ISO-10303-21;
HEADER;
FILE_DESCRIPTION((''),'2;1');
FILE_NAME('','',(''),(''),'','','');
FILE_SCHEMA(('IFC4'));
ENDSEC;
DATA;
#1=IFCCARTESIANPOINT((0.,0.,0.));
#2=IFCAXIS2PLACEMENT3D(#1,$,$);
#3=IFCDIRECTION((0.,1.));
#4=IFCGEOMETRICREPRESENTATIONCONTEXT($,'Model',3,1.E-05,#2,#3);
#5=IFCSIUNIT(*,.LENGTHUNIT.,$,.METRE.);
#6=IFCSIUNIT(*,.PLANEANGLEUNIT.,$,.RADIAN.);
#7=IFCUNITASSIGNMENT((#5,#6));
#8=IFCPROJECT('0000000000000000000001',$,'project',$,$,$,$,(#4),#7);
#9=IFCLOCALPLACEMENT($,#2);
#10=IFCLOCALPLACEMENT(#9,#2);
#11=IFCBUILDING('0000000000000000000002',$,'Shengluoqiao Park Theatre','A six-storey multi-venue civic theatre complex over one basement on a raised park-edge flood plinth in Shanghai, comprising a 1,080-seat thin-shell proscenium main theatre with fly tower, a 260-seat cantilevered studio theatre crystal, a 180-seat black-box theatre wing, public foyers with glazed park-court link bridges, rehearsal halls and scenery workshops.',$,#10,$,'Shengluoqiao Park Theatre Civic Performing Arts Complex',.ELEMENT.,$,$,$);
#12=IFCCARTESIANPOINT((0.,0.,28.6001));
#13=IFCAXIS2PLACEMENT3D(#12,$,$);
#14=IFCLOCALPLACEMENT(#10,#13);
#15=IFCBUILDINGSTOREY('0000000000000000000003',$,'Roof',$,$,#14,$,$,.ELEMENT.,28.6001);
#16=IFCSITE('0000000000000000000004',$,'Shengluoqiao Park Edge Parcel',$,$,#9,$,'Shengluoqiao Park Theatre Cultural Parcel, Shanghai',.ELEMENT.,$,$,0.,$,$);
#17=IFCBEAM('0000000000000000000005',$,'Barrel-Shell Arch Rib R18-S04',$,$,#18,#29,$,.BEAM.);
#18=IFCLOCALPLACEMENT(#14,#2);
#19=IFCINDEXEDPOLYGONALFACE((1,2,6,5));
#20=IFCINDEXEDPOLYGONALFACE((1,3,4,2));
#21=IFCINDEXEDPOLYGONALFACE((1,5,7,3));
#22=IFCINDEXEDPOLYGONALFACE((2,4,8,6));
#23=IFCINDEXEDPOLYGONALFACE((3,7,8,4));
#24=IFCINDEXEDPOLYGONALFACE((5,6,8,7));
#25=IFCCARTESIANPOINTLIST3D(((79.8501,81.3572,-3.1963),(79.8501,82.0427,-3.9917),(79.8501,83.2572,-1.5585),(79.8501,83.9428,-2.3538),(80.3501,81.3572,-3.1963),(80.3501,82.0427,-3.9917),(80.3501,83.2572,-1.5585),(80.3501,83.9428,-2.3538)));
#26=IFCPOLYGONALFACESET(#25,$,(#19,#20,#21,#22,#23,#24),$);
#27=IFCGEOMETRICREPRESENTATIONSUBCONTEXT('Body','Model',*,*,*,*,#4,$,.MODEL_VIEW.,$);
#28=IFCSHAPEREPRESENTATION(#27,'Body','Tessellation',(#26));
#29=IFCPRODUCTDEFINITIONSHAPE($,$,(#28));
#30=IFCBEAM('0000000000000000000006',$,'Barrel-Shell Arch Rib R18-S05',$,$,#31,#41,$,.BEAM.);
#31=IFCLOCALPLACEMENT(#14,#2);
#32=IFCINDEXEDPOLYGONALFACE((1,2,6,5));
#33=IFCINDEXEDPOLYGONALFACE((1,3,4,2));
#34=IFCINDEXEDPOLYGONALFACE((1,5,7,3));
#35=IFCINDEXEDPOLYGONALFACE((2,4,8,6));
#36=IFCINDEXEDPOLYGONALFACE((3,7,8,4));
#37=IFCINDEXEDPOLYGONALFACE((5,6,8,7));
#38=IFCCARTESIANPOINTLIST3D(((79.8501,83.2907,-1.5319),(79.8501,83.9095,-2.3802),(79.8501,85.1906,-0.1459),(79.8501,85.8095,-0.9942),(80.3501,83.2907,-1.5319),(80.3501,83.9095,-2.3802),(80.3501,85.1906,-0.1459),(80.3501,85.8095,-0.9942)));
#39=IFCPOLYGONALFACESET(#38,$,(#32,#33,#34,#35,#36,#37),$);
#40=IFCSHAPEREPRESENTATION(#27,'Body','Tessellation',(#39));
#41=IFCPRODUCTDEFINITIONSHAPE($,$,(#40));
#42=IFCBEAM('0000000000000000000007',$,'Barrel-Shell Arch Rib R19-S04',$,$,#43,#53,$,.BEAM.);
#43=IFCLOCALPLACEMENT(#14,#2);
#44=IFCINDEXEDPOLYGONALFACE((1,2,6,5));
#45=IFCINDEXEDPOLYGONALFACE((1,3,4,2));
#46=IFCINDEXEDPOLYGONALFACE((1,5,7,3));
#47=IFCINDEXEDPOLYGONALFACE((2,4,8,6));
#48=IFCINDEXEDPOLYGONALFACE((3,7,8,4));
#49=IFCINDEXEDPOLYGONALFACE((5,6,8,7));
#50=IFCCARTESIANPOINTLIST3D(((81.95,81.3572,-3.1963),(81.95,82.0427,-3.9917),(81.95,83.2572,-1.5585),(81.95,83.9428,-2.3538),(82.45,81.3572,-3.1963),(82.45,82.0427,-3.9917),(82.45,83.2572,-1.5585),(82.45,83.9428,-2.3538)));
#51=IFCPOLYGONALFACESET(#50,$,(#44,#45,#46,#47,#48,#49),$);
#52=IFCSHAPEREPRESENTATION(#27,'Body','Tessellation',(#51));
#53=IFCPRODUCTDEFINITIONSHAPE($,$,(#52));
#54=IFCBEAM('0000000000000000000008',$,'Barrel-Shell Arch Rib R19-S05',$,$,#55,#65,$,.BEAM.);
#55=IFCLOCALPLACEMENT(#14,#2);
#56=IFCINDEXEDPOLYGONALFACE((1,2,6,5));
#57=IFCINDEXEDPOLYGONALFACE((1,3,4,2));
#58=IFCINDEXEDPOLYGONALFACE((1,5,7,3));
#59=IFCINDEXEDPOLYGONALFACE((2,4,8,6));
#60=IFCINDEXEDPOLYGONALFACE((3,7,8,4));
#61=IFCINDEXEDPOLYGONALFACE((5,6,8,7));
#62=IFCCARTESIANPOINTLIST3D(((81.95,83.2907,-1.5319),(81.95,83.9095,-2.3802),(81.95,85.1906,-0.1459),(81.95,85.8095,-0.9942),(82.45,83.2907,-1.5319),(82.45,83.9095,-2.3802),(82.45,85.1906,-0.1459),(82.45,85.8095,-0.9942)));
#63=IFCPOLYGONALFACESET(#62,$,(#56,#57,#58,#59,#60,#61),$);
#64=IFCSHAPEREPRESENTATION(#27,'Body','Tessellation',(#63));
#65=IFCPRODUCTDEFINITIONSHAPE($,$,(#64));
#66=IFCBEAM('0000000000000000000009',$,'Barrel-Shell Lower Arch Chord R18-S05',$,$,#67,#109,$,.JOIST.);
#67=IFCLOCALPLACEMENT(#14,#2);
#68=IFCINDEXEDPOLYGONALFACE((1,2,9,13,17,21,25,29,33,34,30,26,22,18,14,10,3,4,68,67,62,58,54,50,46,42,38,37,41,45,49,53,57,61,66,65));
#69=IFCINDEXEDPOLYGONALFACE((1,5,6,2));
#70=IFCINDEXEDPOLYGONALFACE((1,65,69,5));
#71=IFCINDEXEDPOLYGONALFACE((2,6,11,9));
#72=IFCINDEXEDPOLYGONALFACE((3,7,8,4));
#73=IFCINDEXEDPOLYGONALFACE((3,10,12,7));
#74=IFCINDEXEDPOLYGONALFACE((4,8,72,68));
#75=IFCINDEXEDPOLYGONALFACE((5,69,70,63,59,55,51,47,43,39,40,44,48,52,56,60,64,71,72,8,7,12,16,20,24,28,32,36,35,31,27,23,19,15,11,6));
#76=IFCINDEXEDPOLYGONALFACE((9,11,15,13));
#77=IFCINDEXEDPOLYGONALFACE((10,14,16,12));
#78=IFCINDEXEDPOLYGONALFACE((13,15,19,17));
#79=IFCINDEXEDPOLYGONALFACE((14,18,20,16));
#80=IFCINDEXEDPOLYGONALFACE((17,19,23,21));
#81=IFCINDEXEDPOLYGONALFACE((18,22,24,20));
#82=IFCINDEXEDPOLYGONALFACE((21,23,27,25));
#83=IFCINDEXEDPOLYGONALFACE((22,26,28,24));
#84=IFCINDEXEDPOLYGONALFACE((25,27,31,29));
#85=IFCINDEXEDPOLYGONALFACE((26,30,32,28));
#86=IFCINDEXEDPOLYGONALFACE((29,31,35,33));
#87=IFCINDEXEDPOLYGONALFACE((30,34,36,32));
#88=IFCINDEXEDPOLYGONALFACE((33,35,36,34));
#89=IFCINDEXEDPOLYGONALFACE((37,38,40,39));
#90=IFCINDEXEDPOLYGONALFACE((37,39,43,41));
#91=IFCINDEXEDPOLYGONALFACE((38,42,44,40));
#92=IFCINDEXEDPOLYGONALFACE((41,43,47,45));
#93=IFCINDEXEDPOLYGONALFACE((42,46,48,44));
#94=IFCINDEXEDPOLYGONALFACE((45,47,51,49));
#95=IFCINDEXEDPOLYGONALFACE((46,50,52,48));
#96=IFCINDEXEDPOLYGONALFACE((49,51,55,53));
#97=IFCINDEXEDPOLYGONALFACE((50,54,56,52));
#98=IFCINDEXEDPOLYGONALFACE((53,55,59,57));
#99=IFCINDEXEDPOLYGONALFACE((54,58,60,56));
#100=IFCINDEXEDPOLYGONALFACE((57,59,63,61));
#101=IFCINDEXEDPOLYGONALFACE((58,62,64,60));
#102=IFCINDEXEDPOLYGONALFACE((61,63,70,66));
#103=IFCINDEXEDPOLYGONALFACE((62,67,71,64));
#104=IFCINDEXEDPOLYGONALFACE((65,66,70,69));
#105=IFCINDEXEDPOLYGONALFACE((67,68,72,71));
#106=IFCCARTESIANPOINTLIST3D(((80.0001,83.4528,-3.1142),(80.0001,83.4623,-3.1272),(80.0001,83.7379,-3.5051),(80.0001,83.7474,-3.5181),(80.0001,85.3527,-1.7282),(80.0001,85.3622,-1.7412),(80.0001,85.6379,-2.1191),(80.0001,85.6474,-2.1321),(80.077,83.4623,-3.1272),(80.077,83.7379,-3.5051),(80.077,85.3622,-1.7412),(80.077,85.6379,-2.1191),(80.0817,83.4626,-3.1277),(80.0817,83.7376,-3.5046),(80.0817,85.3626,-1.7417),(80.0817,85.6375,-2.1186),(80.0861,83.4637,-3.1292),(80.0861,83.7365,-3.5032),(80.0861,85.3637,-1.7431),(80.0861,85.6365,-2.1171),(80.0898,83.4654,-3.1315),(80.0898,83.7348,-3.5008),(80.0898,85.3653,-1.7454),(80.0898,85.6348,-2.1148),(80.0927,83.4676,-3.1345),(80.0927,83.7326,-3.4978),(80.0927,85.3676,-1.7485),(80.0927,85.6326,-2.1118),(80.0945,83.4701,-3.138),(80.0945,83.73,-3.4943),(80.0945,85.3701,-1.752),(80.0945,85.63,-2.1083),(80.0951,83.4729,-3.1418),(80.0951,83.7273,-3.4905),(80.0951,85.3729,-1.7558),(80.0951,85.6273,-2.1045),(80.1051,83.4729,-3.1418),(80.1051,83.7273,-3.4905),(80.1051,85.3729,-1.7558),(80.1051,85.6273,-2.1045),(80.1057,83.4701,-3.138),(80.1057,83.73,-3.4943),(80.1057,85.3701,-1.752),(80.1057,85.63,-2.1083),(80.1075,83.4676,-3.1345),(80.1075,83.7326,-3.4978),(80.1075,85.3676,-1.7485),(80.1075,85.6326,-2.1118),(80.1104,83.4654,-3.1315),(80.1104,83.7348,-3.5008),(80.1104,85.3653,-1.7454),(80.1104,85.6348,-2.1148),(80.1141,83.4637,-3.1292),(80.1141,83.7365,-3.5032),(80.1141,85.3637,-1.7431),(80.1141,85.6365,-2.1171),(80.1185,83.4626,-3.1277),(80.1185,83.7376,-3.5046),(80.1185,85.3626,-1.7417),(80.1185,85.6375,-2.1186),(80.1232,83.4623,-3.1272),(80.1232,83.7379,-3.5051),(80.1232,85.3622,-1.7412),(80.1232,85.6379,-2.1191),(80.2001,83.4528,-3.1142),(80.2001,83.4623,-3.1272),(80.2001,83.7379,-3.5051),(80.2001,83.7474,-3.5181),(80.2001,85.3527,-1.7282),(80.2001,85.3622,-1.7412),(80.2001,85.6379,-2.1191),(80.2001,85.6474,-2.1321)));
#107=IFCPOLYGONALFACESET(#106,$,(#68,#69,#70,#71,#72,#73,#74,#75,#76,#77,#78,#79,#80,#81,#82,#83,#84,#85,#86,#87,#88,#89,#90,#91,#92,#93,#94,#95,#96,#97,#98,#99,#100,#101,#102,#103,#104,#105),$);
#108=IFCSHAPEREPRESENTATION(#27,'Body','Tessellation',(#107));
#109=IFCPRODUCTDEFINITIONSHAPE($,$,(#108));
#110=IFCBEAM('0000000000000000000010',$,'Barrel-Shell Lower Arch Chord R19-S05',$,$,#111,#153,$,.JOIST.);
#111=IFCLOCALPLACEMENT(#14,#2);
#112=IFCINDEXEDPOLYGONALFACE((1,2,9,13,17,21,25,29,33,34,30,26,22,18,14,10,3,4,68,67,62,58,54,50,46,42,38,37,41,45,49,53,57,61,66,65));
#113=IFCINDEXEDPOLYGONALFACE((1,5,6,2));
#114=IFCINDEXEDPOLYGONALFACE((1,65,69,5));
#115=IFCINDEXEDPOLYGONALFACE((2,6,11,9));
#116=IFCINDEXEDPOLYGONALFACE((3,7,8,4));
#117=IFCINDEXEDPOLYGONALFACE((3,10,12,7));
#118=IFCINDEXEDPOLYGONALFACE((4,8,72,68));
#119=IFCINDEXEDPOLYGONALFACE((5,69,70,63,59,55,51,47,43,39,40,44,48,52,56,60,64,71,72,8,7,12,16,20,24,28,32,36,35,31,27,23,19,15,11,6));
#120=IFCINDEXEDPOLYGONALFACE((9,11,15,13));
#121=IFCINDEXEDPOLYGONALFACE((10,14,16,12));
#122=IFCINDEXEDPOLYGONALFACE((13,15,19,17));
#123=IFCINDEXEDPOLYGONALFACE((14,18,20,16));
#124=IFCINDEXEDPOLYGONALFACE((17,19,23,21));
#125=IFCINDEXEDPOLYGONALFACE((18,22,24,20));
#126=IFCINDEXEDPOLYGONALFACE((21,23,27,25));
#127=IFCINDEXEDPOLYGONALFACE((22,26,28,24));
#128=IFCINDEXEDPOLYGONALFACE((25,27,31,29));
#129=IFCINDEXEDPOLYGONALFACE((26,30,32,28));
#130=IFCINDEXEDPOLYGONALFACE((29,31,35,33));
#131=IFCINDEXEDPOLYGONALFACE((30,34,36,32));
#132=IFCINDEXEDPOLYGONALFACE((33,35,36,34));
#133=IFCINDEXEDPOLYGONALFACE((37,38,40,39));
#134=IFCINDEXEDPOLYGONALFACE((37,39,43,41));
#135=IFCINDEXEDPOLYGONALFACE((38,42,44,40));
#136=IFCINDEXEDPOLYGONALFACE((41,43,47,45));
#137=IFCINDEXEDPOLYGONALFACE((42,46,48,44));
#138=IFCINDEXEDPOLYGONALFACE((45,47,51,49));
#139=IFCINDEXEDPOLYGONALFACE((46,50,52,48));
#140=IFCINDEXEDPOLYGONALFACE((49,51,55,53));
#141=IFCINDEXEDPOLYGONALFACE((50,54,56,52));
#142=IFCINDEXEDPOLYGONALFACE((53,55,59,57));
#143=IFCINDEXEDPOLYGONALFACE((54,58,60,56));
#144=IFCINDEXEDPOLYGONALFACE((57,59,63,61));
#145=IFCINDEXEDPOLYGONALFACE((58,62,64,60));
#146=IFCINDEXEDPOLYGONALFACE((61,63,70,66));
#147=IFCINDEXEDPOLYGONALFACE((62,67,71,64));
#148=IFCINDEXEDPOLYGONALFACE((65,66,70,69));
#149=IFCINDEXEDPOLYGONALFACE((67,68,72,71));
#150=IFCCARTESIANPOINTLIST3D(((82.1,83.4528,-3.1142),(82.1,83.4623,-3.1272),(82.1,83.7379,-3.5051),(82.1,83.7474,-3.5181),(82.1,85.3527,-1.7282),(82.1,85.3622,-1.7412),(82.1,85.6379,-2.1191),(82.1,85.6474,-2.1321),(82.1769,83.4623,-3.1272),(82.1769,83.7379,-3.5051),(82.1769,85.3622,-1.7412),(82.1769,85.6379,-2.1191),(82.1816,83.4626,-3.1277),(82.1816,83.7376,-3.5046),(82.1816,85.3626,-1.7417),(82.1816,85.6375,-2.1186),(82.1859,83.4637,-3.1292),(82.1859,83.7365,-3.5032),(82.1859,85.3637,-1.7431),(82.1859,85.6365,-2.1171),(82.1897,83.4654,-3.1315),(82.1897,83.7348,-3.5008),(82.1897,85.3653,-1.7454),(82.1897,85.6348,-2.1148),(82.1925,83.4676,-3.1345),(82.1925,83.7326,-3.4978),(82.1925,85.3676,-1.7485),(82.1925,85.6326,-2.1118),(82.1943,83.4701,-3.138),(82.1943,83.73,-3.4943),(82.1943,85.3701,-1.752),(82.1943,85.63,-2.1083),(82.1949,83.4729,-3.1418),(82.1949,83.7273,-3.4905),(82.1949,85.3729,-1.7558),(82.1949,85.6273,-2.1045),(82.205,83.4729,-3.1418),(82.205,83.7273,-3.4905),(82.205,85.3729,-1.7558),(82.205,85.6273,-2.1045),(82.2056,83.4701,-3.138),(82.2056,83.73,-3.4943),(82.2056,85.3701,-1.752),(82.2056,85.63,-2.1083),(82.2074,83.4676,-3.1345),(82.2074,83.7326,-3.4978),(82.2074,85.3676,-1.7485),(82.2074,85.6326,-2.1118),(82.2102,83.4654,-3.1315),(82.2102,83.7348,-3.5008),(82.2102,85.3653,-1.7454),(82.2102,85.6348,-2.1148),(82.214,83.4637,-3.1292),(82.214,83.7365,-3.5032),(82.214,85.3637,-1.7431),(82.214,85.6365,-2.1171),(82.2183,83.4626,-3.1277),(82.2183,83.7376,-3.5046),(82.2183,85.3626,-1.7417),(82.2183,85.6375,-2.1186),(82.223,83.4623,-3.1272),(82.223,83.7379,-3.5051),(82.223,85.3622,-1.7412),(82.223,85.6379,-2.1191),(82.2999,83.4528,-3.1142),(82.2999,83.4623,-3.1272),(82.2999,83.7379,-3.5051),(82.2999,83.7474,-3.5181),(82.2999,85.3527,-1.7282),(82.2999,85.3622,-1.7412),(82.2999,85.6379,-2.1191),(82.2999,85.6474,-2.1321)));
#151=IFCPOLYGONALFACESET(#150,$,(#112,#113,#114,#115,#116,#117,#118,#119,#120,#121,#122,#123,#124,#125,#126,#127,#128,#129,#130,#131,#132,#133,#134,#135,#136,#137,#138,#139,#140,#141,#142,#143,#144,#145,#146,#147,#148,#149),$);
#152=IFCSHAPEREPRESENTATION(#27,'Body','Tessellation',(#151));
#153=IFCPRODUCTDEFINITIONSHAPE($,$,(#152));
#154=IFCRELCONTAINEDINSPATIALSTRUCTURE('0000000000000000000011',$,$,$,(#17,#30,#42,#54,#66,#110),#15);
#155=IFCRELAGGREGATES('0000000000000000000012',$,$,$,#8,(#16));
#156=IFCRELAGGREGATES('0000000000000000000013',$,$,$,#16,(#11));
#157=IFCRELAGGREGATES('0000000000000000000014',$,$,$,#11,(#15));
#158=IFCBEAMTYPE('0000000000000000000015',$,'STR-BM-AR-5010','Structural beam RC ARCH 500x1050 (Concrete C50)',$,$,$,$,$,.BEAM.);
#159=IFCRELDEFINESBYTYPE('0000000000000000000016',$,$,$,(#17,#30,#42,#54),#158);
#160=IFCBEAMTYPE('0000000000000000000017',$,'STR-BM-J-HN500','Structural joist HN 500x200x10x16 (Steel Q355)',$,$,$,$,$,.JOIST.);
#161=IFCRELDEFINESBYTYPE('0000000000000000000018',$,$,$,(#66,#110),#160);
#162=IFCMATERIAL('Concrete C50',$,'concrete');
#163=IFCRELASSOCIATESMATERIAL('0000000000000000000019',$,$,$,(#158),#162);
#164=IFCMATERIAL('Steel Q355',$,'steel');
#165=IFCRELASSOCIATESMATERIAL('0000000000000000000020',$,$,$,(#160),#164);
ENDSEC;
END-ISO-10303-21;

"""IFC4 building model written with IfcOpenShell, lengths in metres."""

from ifc_helpers import new_model, si_unit, direction, frame, origin, origin_2d, place, context, subcontext, project, spatial, rectangle, i_section, extrude, material, material_profile, profile_set, type_object, element, save


model = new_model("IFC4")

# Units and contexts
model_context = context("Model", 3, precision=1e-05, world=origin(), true_north=direction((0.0, 1.0)))
body_context = subcontext(model_context, "Body", "Model", "MODEL_VIEW")
ifc_project = project(units=[si_unit("LENGTHUNIT", "METRE"), si_unit("PLANEANGLEUNIT", "RADIAN")], contexts=[model_context])

# Site, building, storey
site_placement = place(None, origin())
site = spatial("IfcSite", under=ifc_project, at=site_placement, Name="Shengluoqiao Park Edge Parcel", LongName="Shengluoqiao Park Theatre Cultural Parcel, Shanghai", CompositionType="ELEMENT", RefElevation=0.0)
building_placement = place(site_placement, origin())
building = spatial("IfcBuilding", under=site, at=building_placement, Name="Shengluoqiao Park Theatre", Description="A six-storey multi-venue civic theatre complex over one basement on a raised park-edge flood plinth in Shanghai, comprising a 1,080-seat thin-shell proscenium main theatre with fly tower, a 260-seat cantilevered studio theatre crystal, a 180-seat black-box theatre wing, public foyers with glazed park-court link bridges, rehearsal halls and scenery workshops.", LongName="Shengluoqiao Park Theatre Civic Performing Arts Complex", CompositionType="ELEMENT")
storey_placement = place(building_placement, frame((0.0, 0.0, 28.6001)))
storey = spatial("IfcBuildingStorey", under=building, at=storey_placement, Name="Roof", CompositionType="ELEMENT", Elevation=28.6001)

# Beams
ifc_material_1 = material(Name="Concrete C50", Category="concrete")
ifc_material_profile_1 = material_profile(ifc_material_1, rectangle(XDim=0.5, YDim=1.05, at=origin_2d()), Name="RC ARCH 500x1050")
ifc_profile_set_1 = profile_set([ifc_material_profile_1], Name="Concrete C50")
beam_type_1 = type_object("IfcBeamType", Name="STR-BM-AR-5010", Description="Structural beam RC ARCH 500x1050 (Concrete C50)", PredefinedType="BEAM", material=ifc_profile_set_1)
beam_1_placement = place(storey_placement, frame((80.1001, 81.7, -3.594), z_axis=(0.0, 0.757433, 0.652913), x_axis=(-1.0, 0.0, 0.0)))
element("IfcBeam", 1, at=beam_1_placement, inside=storey, type_object=beam_type_1, Name="Barrel-Shell Arch Rib R18-S04", PredefinedType="BEAM", context=body_context, shape_type="SweptSolid", body=[
    extrude(rectangle(XDim=0.5, YDim=1.05, at=origin_2d()), origin(), (0.0, 0.0, 1.0), 2.5085),
])
beam_2_placement = place(storey_placement, frame((80.1001, 83.6001, -1.9561), z_axis=(0.0, 0.807878, 0.58935), x_axis=(-1.0, 0.0, 0.0)))
element("IfcBeam", 2, at=beam_2_placement, inside=storey, type_object=beam_type_1, Name="Barrel-Shell Arch Rib R18-S05", PredefinedType="BEAM", context=body_context, shape_type="SweptSolid", body=[
    extrude(rectangle(XDim=0.5, YDim=1.05, at=origin_2d()), origin(), (0.0, 0.0, 1.0), 2.3518),
])
beam_3_placement = place(storey_placement, frame((82.2, 81.7, -3.594), z_axis=(0.0, 0.757433, 0.652913), x_axis=(-1.0, 0.0, 0.0)))
element("IfcBeam", 3, at=beam_3_placement, inside=storey, type_object=beam_type_1, Name="Barrel-Shell Arch Rib R19-S04", PredefinedType="BEAM", context=body_context, shape_type="SweptSolid", body=[
    extrude(rectangle(XDim=0.5, YDim=1.05, at=origin_2d()), origin(), (0.0, 0.0, 1.0), 2.5085),
])
beam_4_placement = place(storey_placement, frame((82.2, 83.6001, -1.9561), z_axis=(0.0, 0.807878, 0.58935), x_axis=(-1.0, 0.0, 0.0)))
element("IfcBeam", 4, at=beam_4_placement, inside=storey, type_object=beam_type_1, Name="Barrel-Shell Arch Rib R19-S05", PredefinedType="BEAM", context=body_context, shape_type="SweptSolid", body=[
    extrude(rectangle(XDim=0.5, YDim=1.05, at=origin_2d()), origin(), (0.0, 0.0, 1.0), 2.3518),
])
ifc_material_2 = material(Name="Steel Q355", Category="steel")
ifc_material_profile_2 = material_profile(ifc_material_2, i_section(OverallWidth=0.2, OverallDepth=0.5, WebThickness=0.01, FlangeThickness=0.0161, FilletRadius=0.0181, at=origin_2d()), Name="HN 500x200x10x16")
ifc_profile_set_2 = profile_set([ifc_material_profile_2], Name="Steel Q355")
beam_type_2 = type_object("IfcBeamType", Name="STR-BM-J-HN500", Description="Structural joist HN 500x200x10x16 (Steel Q355)", PredefinedType="JOIST", material=ifc_profile_set_2)
for number, where, z_axis, x_axis, name in (
    (5, (80.1001, 83.6001, -3.3162), (0.0, 0.807878, 0.58935), (-1.0, 0.0, 0.0), "Barrel-Shell Lower Arch Chord R18-S05"),
    (6, (82.2, 83.6001, -3.3162), (0.0, 0.807878, 0.58935), (-1.0, 0.0, 0.0), "Barrel-Shell Lower Arch Chord R19-S05"),
):
    element("IfcBeam", number, at=place(storey_placement, frame(where, z_axis=z_axis, x_axis=x_axis)), inside=storey, type_object=beam_type_2, Name=name, PredefinedType="JOIST", context=body_context, shape_type="SweptSolid", body=[
        extrude(i_section(OverallWidth=0.2, OverallDepth=0.5, WebThickness=0.01, FlangeThickness=0.0161, FilletRadius=0.0181, at=origin_2d()), origin(), (0.0, 0.0, 1.0), 2.3518),
    ])

save(model, "model.ifc")
